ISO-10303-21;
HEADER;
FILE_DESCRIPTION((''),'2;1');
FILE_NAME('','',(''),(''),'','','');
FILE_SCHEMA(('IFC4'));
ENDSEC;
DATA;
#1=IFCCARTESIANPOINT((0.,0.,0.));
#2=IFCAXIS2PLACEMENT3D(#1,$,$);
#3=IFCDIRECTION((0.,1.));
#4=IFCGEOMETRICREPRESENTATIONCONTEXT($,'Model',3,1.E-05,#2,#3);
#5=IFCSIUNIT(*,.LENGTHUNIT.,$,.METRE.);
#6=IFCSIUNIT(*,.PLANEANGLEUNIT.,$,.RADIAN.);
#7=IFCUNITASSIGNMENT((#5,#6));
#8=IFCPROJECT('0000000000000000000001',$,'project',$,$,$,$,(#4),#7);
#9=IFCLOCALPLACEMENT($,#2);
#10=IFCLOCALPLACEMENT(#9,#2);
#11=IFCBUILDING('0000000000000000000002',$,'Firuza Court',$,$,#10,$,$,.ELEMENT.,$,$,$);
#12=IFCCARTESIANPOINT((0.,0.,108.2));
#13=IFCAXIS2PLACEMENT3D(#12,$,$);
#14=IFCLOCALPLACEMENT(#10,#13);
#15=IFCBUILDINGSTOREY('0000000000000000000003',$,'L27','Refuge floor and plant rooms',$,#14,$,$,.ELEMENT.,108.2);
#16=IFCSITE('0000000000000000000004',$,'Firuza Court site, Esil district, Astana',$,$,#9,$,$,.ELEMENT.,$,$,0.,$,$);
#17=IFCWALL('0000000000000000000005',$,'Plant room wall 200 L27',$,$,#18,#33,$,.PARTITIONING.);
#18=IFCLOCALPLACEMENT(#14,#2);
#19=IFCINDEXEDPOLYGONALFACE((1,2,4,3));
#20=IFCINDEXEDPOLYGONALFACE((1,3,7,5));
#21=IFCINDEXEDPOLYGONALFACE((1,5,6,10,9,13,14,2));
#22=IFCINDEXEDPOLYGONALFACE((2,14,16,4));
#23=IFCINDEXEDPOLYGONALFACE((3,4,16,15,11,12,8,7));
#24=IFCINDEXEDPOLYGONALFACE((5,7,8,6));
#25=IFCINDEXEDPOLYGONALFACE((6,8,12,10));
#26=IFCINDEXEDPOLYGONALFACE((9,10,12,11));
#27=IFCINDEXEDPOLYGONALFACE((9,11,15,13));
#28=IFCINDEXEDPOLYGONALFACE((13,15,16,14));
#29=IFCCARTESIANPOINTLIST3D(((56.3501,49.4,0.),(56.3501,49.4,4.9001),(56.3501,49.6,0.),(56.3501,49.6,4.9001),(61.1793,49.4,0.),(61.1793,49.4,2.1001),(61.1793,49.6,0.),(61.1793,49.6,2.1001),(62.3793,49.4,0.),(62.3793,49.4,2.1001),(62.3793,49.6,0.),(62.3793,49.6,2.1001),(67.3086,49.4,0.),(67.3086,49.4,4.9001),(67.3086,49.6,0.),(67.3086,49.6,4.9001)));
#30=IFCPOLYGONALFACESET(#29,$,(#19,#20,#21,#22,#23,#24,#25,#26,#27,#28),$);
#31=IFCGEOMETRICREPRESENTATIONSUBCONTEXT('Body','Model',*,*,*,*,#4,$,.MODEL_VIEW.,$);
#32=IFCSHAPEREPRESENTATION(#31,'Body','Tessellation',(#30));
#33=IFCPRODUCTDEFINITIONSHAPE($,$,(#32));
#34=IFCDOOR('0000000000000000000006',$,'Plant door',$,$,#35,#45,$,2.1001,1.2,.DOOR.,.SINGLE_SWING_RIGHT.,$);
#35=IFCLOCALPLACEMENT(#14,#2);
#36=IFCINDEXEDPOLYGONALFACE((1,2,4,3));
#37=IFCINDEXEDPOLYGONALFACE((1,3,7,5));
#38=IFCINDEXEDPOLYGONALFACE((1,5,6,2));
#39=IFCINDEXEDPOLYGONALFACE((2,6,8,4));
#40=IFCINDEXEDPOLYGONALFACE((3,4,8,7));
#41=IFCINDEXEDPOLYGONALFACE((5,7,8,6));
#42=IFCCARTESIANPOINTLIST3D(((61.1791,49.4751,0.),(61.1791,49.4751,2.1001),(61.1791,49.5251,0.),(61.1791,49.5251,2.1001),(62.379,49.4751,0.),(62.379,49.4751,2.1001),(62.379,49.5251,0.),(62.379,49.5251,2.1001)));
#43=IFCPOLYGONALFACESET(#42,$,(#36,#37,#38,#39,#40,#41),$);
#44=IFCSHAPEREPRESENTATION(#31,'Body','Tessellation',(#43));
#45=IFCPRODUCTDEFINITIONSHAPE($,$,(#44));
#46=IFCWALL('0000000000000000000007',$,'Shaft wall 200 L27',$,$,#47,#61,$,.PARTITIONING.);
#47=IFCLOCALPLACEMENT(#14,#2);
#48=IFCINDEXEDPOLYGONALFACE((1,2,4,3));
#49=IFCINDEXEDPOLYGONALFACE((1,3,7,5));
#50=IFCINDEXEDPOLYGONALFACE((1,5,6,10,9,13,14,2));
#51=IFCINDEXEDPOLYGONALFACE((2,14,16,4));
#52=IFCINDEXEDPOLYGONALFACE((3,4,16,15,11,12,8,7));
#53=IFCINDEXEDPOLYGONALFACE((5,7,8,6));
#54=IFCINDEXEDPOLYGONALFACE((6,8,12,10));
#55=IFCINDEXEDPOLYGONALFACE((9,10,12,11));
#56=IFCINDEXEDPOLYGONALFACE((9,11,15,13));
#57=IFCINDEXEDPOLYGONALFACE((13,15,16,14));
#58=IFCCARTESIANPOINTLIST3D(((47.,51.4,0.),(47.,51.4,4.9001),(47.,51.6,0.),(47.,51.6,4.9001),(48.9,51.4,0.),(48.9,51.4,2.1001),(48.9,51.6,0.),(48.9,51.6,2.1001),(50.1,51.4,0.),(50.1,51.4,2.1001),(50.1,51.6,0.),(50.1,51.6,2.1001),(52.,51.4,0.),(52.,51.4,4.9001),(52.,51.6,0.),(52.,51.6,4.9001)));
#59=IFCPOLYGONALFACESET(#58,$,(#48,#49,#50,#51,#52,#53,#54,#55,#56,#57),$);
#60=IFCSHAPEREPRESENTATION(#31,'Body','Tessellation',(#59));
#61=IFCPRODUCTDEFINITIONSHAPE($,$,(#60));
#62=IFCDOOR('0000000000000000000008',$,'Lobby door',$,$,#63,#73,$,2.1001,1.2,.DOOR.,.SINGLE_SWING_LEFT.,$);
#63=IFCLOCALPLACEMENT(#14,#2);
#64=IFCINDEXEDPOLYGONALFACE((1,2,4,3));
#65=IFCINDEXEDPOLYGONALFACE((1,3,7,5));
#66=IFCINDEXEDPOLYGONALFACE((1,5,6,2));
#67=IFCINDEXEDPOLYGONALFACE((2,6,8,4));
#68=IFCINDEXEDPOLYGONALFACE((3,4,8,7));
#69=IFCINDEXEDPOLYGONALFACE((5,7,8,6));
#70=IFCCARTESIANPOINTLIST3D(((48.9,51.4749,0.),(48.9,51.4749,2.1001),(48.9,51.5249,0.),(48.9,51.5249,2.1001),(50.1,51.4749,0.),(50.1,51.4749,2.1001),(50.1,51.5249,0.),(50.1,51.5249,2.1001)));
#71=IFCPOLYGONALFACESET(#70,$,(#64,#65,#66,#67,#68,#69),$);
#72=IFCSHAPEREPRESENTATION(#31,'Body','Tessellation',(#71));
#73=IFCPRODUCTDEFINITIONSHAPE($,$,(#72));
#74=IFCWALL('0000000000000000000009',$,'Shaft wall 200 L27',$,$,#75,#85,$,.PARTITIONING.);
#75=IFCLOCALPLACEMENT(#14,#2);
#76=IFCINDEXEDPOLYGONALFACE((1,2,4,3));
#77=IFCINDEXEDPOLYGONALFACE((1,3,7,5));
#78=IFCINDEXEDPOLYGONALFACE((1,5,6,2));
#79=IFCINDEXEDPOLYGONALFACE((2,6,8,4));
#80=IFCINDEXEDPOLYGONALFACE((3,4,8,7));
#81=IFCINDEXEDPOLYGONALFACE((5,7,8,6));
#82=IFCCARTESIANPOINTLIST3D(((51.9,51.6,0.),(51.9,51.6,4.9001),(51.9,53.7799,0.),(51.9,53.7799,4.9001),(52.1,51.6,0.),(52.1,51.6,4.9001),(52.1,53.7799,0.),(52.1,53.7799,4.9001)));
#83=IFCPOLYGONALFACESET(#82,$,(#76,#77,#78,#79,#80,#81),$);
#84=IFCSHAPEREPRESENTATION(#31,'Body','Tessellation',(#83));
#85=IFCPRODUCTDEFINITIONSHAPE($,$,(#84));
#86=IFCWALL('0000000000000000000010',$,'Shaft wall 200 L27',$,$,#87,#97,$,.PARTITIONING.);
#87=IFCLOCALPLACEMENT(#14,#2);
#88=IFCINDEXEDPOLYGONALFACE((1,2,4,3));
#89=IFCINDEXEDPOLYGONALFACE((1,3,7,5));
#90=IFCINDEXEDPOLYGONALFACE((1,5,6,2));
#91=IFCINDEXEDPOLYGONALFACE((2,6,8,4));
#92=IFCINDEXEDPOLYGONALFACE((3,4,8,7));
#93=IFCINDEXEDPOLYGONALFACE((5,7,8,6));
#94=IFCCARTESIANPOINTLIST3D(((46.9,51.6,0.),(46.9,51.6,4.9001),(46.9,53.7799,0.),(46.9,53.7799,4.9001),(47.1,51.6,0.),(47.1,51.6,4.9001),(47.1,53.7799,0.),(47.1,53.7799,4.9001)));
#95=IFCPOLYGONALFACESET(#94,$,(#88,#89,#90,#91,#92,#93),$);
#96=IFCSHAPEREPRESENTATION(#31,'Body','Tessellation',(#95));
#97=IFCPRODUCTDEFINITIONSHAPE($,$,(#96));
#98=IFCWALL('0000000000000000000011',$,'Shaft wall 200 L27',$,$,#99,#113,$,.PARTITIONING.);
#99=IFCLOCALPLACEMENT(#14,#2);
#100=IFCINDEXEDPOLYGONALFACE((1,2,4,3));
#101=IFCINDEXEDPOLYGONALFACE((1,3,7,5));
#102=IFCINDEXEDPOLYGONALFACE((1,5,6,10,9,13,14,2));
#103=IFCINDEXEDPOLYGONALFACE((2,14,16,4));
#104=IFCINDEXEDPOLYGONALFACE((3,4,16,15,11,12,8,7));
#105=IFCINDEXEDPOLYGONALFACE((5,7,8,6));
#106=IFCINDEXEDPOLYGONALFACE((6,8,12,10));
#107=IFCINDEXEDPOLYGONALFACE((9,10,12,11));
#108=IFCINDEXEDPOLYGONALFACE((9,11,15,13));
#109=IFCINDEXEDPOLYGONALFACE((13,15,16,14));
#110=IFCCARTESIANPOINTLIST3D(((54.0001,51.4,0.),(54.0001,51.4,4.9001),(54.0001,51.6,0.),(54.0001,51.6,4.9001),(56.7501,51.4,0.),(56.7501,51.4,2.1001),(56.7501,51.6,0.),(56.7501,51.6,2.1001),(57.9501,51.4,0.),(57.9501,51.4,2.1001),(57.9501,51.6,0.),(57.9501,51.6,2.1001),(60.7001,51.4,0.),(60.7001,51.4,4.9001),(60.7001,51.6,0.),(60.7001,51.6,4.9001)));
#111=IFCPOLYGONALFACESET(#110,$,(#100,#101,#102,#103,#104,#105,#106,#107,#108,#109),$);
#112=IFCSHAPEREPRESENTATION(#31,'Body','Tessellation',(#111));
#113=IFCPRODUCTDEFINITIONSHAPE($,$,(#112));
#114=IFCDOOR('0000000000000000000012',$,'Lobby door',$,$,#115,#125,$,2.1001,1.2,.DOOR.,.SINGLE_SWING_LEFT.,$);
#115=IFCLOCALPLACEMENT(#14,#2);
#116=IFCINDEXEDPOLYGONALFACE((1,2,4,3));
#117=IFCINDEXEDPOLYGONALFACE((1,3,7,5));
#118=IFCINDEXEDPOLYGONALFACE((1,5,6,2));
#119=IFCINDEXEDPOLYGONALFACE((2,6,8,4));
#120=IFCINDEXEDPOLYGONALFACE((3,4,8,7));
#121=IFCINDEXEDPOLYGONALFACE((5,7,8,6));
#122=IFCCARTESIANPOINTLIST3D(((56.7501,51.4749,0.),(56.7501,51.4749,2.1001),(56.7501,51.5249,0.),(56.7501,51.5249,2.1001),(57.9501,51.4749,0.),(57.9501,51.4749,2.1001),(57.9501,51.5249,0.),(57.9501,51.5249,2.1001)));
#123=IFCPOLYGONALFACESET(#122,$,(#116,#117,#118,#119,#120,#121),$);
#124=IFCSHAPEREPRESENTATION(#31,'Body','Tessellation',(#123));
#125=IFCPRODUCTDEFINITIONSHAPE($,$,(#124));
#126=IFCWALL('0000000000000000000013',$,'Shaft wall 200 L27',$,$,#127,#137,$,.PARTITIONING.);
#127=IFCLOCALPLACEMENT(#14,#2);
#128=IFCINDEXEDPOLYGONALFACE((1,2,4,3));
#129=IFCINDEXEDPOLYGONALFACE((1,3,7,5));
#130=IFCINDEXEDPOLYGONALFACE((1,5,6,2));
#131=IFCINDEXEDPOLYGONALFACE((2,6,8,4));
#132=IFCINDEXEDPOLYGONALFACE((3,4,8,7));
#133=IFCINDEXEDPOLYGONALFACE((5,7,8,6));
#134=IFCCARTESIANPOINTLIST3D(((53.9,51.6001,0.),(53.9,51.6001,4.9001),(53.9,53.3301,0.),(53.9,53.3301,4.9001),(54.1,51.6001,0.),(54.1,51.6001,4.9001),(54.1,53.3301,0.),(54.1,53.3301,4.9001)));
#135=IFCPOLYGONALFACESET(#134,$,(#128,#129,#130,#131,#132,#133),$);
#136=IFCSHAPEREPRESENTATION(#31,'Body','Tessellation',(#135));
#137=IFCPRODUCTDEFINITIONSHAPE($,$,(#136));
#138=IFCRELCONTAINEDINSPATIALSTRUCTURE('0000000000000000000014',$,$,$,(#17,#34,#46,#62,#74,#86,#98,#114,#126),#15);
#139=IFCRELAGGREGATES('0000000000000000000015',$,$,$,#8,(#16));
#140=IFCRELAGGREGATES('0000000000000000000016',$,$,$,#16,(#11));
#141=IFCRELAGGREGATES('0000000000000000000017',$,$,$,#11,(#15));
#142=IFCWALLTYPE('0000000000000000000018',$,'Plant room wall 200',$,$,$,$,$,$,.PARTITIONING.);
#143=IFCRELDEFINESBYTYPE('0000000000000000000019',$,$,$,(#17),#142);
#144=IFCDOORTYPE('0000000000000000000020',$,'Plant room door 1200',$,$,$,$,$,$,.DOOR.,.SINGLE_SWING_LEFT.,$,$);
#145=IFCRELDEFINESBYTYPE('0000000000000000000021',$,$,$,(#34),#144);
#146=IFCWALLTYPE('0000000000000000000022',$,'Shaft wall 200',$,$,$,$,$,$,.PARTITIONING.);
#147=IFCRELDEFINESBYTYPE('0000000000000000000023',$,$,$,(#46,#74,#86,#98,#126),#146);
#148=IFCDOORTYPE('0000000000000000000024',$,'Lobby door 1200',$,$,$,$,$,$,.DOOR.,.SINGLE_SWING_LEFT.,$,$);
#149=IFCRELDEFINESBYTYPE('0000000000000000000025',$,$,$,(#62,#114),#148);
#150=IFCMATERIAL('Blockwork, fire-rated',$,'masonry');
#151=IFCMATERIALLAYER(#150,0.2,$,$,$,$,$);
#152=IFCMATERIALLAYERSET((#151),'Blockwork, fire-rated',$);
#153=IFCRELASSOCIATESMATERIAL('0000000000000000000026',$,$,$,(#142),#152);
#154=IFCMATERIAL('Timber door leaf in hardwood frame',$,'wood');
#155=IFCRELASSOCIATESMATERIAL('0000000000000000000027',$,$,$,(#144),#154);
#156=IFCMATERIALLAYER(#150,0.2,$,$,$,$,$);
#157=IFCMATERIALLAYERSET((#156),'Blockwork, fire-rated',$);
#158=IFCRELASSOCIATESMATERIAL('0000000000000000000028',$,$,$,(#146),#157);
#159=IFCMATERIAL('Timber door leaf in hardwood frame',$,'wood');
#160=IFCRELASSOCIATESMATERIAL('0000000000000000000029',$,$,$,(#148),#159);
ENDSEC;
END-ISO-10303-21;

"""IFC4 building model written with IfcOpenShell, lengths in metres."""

from ifc_helpers import new_model, si_unit, direction, frame, frame_2d, origin, place, context, subcontext, project, spatial, rectangle, extrude, material, layer, layer_set, type_object, element, fill, save


model = new_model("IFC4")

# Units and contexts
model_context = context("Model", 3, precision=1e-05, world=origin(), true_north=direction((0.0, 1.0)))
body_context = subcontext(model_context, "Body", "Model", "MODEL_VIEW")
ifc_project = project(units=[si_unit("LENGTHUNIT", "METRE"), si_unit("PLANEANGLEUNIT", "RADIAN")], contexts=[model_context])

# Site, building, storey
site_placement = place(None, origin())
site = spatial("IfcSite", under=ifc_project, at=site_placement, Name="Firuza Court site, Esil district, Astana", CompositionType="ELEMENT", RefElevation=0.0)
building_placement = place(site_placement, origin())
building = spatial("IfcBuilding", under=site, at=building_placement, Name="Firuza Court", CompositionType="ELEMENT")
storey_placement = place(building_placement, frame((0.0, 0.0, 108.2)))
storey = spatial("IfcBuildingStorey", under=building, at=storey_placement, Name="L27", Description="Refuge floor and plant rooms", CompositionType="ELEMENT", Elevation=108.2)

# Shared definitions
ifc_material_1 = material(Name="Blockwork, fire-rated", Category="masonry")
ifc_layer_1 = layer(ifc_material_1, 0.2)
ifc_layer_set_1 = layer_set([ifc_layer_1], Name="Blockwork, fire-rated")
wall_type_1 = type_object("IfcWallType", Name="Plant room wall 200", PredefinedType="PARTITIONING", material=ifc_layer_set_1)
ifc_material_2 = material(Name="Timber door leaf in hardwood frame", Category="wood")
door_type_1 = type_object("IfcDoorType", Name="Plant room door 1200", OperationType="SINGLE_SWING_LEFT", PredefinedType="DOOR", material=ifc_material_2)

# Walls, openings, doors
wall_1_placement = place(storey_placement, frame((56.3501, 49.5, 0.0), z_axis=(0.0, 0.0, 1.0), x_axis=(1.0, 0.0, 0.0)))
wall_1 = element("IfcWall", 1, at=wall_1_placement, inside=storey, type_object=wall_type_1, Name="Plant room wall 200 L27", PredefinedType="PARTITIONING", context=body_context, shape_type="SweptSolid", body=[
    extrude(rectangle(XDim=10.9585, YDim=0.2, at=frame_2d((5.4792, 0.0))), origin(), (0.0, 0.0, 1.0), 4.9001),
])
opening_1_placement = place(wall_1_placement, frame((4.8291, 0.0, 0.0)))
opening_1 = element("IfcOpeningElement", 2, at=opening_1_placement, cuts=wall_1, PredefinedType="OPENING", context=body_context, shape_type="SweptSolid", body=[
    extrude(rectangle(XDim=1.2, YDim=2.1001, at=frame_2d((0.6001, 1.05))), frame((0.0, 0.1118, 0.0), z_axis=(0.0, -1.0, 0.0), x_axis=(1.0, 0.0, 0.0)), (0.0, 0.0, 1.0), 0.2239),
])
door_1_placement = place(opening_1_placement, frame((1.2, 0.0, 0.0), z_axis=(0.0, 0.0, 1.0), x_axis=(-1.0, 0.0, 0.0)))
door_1 = element("IfcDoor", 3, at=door_1_placement, inside=storey, type_object=door_type_1, Name="Plant door", OperationType="SINGLE_SWING_RIGHT", OverallHeight=2.1001, OverallWidth=1.2, PredefinedType="DOOR", context=body_context, shape_type="SweptSolid", body=[
    extrude(rectangle(XDim=1.2, YDim=2.1001, at=frame_2d((0.6001, 1.05))), frame((0.0, 0.0249, 0.0), z_axis=(0.0, -1.0, 0.0), x_axis=(1.0, 0.0, 0.0)), (0.0, 0.0, 1.0), 0.05),
])
fill(opening_1, door_1)
ifc_layer_2 = layer(ifc_material_1, 0.2)
ifc_layer_set_2 = layer_set([ifc_layer_2], Name="Blockwork, fire-rated")
wall_type_2 = type_object("IfcWallType", Name="Shaft wall 200", PredefinedType="PARTITIONING", material=ifc_layer_set_2)
wall_2_placement = place(storey_placement, frame((47.0, 51.5, 0.0), z_axis=(0.0, 0.0, 1.0), x_axis=(1.0, 0.0, 0.0)))
wall_2 = element("IfcWall", 4, at=wall_2_placement, inside=storey, type_object=wall_type_2, Name="Shaft wall 200 L27", PredefinedType="PARTITIONING", context=body_context, shape_type="SweptSolid", body=[
    extrude(rectangle(XDim=5.0, YDim=0.2, at=frame_2d((2.5, 0.0))), origin(), (0.0, 0.0, 1.0), 4.9001),
])
opening_2_placement = place(wall_2_placement, frame((1.8999, 0.0, 0.0)))
opening_2 = element("IfcOpeningElement", 5, at=opening_2_placement, cuts=wall_2, PredefinedType="OPENING", context=body_context, shape_type="SweptSolid", body=[
    extrude(rectangle(XDim=1.2, YDim=2.1001, at=frame_2d((0.6001, 1.05))), frame((0.0, 0.1118, 0.0), z_axis=(0.0, -1.0, 0.0), x_axis=(1.0, 0.0, 0.0)), (0.0, 0.0, 1.0), 0.2239),
])
ifc_material_3 = material(Name="Timber door leaf in hardwood frame", Category="wood")
door_type_2 = type_object("IfcDoorType", Name="Lobby door 1200", OperationType="SINGLE_SWING_LEFT", PredefinedType="DOOR", material=ifc_material_3)
door_2_placement = place(opening_2_placement, origin())
door_2 = element("IfcDoor", 6, at=door_2_placement, inside=storey, type_object=door_type_2, Name="Lobby door", OperationType="SINGLE_SWING_LEFT", OverallHeight=2.1001, OverallWidth=1.2, PredefinedType="DOOR", context=body_context, shape_type="SweptSolid", body=[
    extrude(rectangle(XDim=1.2, YDim=2.1001, at=frame_2d((0.6001, 1.05))), frame((0.0, 0.0249, 0.0), z_axis=(0.0, -1.0, 0.0), x_axis=(1.0, 0.0, 0.0)), (0.0, 0.0, 1.0), 0.05),
])
fill(opening_2, door_2)

# Walls
for number, where, z_axis, x_axis, name in (
    (7, (52.0, 51.6001, 0.0), (0.0, 0.0, 1.0), (0.0, 1.0, 0.0), "Shaft wall 200 L27"),
    (8, (47.0, 51.6001, 0.0), (0.0, 0.0, 1.0), (0.0, 1.0, 0.0), "Shaft wall 200 L27"),
):
    element("IfcWall", number, at=place(storey_placement, frame(where, z_axis=z_axis, x_axis=x_axis)), inside=storey, type_object=wall_type_2, Name=name, PredefinedType="PARTITIONING", context=body_context, shape_type="SweptSolid", body=[
        extrude(rectangle(XDim=2.1799, YDim=0.2, at=frame_2d((1.0898, 0.0))), origin(), (0.0, 0.0, 1.0), 4.9001),
    ])

# Wall, opening, door
wall_3_placement = place(storey_placement, frame((54.0, 51.5, 0.0), z_axis=(0.0, 0.0, 1.0), x_axis=(1.0, 0.0, 0.0)))
wall_3 = element("IfcWall", 9, at=wall_3_placement, inside=storey, type_object=wall_type_2, Name="Shaft wall 200 L27", PredefinedType="PARTITIONING", context=body_context, shape_type="SweptSolid", body=[
    extrude(rectangle(XDim=6.7, YDim=0.2, at=frame_2d((3.3501, 0.0))), origin(), (0.0, 0.0, 1.0), 4.9001),
])
opening_3_placement = place(wall_3_placement, frame((2.75, 0.0, 0.0)))
opening_3 = element("IfcOpeningElement", 10, at=opening_3_placement, cuts=wall_3, PredefinedType="OPENING", context=body_context, shape_type="SweptSolid", body=[
    extrude(rectangle(XDim=1.2, YDim=2.1001, at=frame_2d((0.6001, 1.05))), frame((0.0, 0.1118, 0.0), z_axis=(0.0, -1.0, 0.0), x_axis=(1.0, 0.0, 0.0)), (0.0, 0.0, 1.0), 0.2239),
])
door_3_placement = place(opening_3_placement, origin())
door_3 = element("IfcDoor", 11, at=door_3_placement, inside=storey, type_object=door_type_2, Name="Lobby door", OperationType="SINGLE_SWING_LEFT", OverallHeight=2.1001, OverallWidth=1.2, PredefinedType="DOOR", context=body_context, shape_type="SweptSolid", body=[
    extrude(rectangle(XDim=1.2, YDim=2.1001, at=frame_2d((0.6001, 1.05))), frame((0.0, 0.0249, 0.0), z_axis=(0.0, -1.0, 0.0), x_axis=(1.0, 0.0, 0.0)), (0.0, 0.0, 1.0), 0.05),
])
fill(opening_3, door_3)

# Wall
wall_4_placement = place(storey_placement, frame((54.0, 51.6001, 0.0), z_axis=(0.0, 0.0, 1.0), x_axis=(0.0, 1.0, 0.0)))
element("IfcWall", 12, at=wall_4_placement, inside=storey, type_object=wall_type_2, Name="Shaft wall 200 L27", PredefinedType="PARTITIONING", context=body_context, shape_type="SweptSolid", body=[
    extrude(rectangle(XDim=1.73, YDim=0.2, at=frame_2d((0.865, 0.0))), origin(), (0.0, 0.0, 1.0), 4.9001),
])

save(model, "model.ifc")
